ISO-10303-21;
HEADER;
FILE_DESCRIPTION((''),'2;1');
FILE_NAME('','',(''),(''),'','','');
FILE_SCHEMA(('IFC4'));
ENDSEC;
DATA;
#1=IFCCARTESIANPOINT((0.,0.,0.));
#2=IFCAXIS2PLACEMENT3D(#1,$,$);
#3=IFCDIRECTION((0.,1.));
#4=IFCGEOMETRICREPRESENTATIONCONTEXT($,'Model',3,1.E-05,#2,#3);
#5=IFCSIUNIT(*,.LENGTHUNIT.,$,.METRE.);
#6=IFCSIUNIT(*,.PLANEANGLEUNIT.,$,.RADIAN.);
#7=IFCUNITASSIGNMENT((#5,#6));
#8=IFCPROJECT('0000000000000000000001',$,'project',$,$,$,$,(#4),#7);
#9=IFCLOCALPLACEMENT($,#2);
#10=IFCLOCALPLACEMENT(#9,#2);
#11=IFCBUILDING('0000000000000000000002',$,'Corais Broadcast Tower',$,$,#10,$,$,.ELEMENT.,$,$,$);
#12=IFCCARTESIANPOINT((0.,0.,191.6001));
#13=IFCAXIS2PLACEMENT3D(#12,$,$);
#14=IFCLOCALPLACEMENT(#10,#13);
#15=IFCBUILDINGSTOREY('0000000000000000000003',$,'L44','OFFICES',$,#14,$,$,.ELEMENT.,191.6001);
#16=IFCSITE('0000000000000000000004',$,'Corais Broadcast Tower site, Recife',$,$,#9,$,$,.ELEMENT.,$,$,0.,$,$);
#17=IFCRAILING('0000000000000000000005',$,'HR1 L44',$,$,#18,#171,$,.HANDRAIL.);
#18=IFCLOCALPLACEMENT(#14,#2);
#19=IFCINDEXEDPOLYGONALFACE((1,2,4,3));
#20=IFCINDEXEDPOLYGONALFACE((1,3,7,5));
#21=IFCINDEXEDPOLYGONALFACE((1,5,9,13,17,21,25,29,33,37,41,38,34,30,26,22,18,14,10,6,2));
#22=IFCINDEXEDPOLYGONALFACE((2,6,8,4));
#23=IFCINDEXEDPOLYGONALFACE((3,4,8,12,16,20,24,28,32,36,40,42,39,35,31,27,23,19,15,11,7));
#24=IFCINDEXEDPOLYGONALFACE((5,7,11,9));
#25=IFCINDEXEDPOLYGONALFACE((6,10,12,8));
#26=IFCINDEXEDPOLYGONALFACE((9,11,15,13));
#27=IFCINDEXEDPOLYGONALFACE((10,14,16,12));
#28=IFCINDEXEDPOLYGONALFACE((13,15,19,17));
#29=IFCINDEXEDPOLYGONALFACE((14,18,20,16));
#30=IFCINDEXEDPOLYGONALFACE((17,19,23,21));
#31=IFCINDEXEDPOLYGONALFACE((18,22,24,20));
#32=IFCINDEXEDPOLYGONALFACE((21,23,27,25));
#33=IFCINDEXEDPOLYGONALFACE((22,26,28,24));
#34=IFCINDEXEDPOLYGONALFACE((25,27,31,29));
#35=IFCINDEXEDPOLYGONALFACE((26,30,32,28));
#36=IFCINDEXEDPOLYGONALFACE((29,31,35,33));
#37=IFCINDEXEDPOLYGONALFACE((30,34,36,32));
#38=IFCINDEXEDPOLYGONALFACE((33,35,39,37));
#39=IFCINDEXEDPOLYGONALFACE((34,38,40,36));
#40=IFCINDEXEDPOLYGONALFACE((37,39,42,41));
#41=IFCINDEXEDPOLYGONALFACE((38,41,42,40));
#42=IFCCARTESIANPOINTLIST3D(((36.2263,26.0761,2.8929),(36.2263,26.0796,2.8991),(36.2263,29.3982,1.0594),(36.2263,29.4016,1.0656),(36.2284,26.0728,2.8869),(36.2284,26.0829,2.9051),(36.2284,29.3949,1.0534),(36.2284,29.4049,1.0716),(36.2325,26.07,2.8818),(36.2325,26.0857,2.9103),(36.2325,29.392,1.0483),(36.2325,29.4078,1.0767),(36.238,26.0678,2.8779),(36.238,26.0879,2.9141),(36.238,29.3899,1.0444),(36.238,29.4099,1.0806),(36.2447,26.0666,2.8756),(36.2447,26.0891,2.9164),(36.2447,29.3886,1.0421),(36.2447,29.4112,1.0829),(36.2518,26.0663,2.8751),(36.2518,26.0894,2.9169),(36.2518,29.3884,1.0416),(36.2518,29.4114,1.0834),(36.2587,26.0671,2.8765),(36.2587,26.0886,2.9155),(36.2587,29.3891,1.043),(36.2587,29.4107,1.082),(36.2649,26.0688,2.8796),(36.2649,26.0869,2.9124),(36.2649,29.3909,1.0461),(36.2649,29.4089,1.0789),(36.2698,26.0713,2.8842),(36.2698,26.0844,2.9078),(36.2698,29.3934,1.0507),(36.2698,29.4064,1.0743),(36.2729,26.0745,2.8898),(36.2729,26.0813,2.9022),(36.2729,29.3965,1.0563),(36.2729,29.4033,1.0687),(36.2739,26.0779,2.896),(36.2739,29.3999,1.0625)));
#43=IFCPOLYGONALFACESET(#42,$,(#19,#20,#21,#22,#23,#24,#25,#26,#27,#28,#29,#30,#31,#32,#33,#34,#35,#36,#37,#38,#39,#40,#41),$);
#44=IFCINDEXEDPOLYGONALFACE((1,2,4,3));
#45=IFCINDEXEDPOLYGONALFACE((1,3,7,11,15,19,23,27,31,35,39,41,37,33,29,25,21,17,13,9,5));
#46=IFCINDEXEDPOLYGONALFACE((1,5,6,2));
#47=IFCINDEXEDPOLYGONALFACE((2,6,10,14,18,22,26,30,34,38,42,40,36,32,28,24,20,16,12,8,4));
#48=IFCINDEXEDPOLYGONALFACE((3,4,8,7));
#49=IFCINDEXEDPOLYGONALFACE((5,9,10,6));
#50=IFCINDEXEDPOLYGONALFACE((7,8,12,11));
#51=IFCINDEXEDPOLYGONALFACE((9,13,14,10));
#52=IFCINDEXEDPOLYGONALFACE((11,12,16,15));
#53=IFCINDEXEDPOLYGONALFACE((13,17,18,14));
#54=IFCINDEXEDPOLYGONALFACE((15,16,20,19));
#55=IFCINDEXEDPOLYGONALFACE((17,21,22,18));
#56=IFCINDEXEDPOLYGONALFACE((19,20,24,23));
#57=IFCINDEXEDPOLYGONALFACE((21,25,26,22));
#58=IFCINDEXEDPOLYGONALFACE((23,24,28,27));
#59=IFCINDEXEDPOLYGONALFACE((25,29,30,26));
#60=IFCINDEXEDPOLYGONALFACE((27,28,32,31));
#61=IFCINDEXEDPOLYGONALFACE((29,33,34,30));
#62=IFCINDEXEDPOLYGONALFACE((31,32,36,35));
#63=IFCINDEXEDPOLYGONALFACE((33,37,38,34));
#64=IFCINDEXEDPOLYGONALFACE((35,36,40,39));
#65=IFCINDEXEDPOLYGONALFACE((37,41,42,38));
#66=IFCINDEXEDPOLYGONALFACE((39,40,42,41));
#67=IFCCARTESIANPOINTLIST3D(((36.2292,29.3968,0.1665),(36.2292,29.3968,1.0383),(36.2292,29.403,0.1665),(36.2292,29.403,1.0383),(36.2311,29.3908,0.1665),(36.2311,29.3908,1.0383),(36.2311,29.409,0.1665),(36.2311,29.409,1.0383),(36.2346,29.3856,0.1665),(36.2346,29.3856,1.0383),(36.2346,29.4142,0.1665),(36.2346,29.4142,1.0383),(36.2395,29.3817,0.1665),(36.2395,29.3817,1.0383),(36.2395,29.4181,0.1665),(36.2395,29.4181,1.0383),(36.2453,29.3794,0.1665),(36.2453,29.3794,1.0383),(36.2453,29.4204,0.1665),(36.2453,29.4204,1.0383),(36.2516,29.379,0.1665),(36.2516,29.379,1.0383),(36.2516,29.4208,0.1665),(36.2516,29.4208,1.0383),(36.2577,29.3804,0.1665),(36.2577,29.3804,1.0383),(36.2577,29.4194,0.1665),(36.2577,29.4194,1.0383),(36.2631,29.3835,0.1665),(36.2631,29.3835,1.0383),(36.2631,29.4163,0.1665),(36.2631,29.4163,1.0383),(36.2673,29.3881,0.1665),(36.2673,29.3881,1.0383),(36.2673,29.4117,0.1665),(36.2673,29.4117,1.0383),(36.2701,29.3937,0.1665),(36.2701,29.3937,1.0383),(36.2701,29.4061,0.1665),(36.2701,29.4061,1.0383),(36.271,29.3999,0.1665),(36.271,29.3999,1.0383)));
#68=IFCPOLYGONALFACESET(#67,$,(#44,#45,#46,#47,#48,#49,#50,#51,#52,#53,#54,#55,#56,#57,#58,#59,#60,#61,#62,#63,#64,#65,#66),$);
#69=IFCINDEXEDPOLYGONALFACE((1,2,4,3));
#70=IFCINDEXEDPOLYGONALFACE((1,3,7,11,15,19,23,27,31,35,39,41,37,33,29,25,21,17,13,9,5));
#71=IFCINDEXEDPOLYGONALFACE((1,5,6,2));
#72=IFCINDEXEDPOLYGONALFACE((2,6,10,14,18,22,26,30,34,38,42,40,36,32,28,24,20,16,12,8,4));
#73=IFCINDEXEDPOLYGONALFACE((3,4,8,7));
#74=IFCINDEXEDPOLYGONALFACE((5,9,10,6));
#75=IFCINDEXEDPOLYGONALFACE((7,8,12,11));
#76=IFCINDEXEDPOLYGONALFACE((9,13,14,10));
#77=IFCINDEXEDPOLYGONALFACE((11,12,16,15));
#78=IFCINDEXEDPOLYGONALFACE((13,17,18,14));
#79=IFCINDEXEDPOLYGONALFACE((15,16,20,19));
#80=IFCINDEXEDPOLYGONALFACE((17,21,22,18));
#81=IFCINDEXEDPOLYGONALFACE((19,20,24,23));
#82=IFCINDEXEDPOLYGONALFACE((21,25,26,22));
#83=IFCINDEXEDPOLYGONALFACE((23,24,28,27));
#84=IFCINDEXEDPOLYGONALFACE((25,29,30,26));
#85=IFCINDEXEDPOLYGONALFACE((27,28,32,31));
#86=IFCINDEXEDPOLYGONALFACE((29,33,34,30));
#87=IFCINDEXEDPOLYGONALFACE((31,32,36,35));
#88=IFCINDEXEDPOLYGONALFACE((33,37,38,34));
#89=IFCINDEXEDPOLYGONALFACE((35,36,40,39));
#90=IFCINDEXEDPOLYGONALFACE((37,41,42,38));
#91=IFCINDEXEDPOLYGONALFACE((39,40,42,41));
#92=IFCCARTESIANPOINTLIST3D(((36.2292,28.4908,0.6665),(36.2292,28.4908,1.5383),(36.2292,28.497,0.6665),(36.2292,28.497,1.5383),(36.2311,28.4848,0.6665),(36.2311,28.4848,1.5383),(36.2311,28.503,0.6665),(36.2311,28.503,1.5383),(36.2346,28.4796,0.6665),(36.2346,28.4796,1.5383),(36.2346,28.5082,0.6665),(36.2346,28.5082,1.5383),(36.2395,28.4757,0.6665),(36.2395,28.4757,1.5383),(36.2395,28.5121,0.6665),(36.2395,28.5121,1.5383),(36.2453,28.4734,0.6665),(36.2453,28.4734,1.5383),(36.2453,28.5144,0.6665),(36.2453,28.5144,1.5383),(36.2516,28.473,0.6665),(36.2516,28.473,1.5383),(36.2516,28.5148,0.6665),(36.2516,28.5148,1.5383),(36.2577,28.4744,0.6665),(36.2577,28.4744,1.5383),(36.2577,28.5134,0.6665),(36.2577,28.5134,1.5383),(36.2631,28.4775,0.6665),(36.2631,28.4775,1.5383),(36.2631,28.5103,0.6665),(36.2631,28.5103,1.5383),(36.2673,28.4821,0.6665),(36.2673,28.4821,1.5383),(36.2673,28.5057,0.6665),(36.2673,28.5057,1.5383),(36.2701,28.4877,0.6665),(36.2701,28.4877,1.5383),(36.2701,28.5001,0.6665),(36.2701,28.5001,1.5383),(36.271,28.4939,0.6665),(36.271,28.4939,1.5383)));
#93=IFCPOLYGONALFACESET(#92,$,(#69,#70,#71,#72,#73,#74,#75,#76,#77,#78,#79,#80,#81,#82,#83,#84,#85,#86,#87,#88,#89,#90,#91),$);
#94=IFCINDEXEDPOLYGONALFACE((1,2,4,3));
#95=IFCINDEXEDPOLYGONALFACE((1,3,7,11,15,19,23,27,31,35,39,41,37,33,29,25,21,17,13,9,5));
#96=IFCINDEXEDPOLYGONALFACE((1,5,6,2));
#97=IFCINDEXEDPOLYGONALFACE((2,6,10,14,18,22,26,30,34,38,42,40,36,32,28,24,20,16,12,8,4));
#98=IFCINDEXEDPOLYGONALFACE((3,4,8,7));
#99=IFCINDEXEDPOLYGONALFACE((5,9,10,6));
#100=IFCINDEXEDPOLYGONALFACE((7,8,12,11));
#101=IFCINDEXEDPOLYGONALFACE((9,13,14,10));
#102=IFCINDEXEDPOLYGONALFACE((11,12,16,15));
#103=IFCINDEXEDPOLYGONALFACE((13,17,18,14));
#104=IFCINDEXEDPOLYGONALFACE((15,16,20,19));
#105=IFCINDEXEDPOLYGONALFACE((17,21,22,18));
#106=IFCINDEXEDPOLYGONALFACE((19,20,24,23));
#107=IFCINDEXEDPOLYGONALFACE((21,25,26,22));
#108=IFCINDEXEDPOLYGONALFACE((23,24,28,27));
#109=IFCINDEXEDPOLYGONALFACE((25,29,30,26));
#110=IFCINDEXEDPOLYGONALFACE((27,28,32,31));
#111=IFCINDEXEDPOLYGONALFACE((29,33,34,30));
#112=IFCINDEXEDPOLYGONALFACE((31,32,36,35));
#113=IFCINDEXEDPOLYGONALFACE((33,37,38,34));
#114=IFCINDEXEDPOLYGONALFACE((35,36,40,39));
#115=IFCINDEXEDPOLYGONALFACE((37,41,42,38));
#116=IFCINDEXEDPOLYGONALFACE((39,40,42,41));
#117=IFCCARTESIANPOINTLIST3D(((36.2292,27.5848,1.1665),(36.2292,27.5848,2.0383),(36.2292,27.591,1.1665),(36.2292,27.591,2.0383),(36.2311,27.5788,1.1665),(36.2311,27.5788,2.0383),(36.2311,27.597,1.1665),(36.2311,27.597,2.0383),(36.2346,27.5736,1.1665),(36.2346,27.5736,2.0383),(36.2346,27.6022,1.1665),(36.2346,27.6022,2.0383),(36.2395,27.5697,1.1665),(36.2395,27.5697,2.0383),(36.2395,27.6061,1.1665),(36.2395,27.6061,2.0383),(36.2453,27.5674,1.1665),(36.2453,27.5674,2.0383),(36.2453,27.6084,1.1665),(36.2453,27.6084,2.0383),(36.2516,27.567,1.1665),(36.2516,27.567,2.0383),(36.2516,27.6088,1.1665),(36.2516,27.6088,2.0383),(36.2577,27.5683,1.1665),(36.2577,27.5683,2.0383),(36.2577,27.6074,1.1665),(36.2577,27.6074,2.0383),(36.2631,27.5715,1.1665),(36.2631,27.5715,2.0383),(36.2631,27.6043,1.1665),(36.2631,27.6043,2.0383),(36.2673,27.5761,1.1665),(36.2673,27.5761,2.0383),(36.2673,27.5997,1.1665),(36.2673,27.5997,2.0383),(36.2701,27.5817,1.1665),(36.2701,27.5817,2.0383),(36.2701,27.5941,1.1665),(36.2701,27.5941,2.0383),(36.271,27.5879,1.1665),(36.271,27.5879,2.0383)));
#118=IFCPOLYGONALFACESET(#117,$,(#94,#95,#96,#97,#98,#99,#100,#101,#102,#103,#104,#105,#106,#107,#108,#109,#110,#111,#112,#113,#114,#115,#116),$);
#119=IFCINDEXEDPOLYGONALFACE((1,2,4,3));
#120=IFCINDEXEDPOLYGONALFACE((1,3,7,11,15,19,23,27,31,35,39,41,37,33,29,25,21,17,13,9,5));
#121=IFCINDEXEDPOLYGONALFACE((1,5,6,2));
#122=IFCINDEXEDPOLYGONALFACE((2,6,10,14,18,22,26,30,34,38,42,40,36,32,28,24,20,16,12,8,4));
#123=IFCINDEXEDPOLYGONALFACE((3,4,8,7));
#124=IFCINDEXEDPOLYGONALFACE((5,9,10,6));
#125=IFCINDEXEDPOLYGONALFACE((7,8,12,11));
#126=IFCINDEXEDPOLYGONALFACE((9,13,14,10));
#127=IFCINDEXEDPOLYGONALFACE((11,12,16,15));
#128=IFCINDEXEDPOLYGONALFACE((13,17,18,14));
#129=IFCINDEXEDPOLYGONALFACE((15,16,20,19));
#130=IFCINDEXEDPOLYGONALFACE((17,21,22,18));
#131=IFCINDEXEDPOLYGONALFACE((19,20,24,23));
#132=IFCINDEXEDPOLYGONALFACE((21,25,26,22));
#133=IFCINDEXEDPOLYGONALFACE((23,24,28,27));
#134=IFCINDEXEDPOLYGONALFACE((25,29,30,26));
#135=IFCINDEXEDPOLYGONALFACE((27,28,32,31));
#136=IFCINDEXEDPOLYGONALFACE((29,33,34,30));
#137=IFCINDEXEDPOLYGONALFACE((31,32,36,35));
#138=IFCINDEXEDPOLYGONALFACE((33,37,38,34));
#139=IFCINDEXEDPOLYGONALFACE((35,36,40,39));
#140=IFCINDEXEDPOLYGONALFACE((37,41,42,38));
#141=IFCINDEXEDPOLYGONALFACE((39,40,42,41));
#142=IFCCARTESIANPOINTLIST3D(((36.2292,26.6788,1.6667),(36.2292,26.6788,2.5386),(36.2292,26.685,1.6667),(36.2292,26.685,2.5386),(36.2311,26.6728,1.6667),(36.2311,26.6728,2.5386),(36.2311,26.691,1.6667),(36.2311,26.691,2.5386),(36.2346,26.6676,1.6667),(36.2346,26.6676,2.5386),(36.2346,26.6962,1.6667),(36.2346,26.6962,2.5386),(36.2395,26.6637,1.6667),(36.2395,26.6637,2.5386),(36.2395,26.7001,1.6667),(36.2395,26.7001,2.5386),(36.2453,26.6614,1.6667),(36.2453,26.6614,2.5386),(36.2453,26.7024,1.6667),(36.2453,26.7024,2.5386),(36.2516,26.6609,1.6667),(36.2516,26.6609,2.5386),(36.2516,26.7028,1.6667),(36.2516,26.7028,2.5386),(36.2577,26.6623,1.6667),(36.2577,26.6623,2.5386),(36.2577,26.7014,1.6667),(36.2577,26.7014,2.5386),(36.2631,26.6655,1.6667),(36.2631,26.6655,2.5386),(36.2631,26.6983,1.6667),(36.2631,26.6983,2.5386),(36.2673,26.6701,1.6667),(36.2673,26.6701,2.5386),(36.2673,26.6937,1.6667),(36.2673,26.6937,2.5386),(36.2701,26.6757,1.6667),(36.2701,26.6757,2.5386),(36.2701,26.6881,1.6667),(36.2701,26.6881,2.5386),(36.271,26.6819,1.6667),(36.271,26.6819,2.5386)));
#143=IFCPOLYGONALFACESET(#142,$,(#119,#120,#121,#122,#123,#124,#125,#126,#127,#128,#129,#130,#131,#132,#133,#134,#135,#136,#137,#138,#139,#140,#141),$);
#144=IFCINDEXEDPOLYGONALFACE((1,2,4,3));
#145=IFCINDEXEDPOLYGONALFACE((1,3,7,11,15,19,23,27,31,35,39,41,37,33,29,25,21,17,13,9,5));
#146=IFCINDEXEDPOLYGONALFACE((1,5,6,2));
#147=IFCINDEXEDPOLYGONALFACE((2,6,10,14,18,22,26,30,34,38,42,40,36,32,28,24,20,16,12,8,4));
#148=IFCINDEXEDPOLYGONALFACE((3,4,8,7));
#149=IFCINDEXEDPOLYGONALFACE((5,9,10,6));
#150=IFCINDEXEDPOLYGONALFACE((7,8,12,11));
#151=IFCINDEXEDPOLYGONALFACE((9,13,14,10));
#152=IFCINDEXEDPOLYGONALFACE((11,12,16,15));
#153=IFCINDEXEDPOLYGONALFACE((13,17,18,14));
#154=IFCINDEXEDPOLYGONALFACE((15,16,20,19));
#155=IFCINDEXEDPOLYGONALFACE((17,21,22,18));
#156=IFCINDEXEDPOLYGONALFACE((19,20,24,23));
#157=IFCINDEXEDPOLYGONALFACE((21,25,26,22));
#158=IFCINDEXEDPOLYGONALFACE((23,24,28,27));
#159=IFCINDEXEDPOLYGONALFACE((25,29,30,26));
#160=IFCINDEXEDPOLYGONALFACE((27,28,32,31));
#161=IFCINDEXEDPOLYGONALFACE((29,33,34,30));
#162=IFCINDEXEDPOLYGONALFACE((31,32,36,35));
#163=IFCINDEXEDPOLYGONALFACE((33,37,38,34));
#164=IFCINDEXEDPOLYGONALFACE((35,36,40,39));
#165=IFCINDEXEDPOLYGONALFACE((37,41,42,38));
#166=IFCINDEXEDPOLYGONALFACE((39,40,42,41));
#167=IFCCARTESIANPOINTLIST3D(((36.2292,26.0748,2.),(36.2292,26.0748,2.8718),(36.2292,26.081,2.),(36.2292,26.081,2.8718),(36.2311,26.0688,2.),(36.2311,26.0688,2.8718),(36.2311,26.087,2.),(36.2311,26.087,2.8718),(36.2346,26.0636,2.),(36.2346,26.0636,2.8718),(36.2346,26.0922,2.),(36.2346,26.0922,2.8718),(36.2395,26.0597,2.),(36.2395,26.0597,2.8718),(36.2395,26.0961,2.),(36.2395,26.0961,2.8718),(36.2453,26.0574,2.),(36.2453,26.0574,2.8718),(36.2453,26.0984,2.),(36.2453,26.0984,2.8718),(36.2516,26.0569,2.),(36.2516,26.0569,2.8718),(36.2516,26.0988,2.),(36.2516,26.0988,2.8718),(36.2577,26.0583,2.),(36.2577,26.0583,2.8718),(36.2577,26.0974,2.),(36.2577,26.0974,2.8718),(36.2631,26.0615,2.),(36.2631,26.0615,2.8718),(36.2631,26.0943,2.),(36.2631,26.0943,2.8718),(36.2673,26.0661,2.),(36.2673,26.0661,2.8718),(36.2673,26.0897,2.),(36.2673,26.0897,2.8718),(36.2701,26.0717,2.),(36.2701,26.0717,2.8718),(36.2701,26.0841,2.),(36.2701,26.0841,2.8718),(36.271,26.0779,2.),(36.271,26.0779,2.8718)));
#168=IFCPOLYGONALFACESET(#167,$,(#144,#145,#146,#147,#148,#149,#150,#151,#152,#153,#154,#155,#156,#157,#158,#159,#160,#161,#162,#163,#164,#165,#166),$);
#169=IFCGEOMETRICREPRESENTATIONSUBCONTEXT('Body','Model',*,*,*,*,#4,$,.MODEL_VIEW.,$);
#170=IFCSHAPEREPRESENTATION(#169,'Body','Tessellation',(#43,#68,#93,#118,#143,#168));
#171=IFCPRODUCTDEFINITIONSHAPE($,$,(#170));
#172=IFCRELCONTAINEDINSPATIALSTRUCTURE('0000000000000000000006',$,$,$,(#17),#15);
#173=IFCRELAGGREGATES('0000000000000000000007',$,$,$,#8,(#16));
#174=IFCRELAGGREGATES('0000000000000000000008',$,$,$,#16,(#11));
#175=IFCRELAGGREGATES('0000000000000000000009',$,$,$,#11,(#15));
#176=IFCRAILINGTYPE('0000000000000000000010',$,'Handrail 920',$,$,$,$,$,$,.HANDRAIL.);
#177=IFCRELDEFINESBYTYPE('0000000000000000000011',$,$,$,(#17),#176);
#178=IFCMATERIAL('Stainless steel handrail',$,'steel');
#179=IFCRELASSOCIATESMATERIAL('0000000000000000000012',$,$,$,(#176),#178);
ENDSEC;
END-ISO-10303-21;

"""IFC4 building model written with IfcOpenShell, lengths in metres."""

from ifc_helpers import new_model, si_unit, direction, frame, origin, origin_2d, place, context, subcontext, project, spatial, circle, extrude, material, type_object, element, save


model = new_model("IFC4")

# Units and contexts
model_context = context("Model", 3, precision=1e-05, world=origin(), true_north=direction((0.0, 1.0)))
body_context = subcontext(model_context, "Body", "Model", "MODEL_VIEW")
ifc_project = project(units=[si_unit("LENGTHUNIT", "METRE"), si_unit("PLANEANGLEUNIT", "RADIAN")], contexts=[model_context])

# Site, building, storey
site_placement = place(None, origin())
site = spatial("IfcSite", under=ifc_project, at=site_placement, Name="Corais Broadcast Tower site, Recife", CompositionType="ELEMENT", RefElevation=0.0)
building_placement = place(site_placement, origin())
building = spatial("IfcBuilding", under=site, at=building_placement, Name="Corais Broadcast Tower", CompositionType="ELEMENT")
storey_placement = place(building_placement, frame((0.0, 0.0, 191.6001)))
storey = spatial("IfcBuildingStorey", under=building, at=storey_placement, Name="L44", Description="OFFICES", CompositionType="ELEMENT", Elevation=191.6001)

# Railing
ifc_material_1 = material(Name="Stainless steel handrail", Category="steel")
railing_type = type_object("IfcRailingType", Name="Handrail 920", PredefinedType="HANDRAIL", material=ifc_material_1)
for number, where, name in (
    (1, (36.25, 29.3999, 0.1665), "HR1 L44"),
):
    element("IfcRailing", number, at=place(storey_placement, frame(where)), inside=storey, type_object=railing_type, Name=name, PredefinedType="HANDRAIL", context=body_context, shape_type="SweptSolid", body=[
        extrude(circle(Radius=0.0239, at=origin_2d()), frame((0.0, 0.0, 0.896), z_axis=(0.0, -0.875504, 0.48321), x_axis=(1.0, 0.0, 0.0)), (0.0, 0.0, 1.0), 3.7944),
        extrude(circle(Radius=0.021, at=origin_2d()), origin(), (0.0, 0.0, 1.0), 0.8718),
        extrude(circle(Radius=0.021, at=origin_2d()), frame((0.0, -0.906, 0.5)), (0.0, 0.0, 1.0), 0.8718),
        extrude(circle(Radius=0.021, at=origin_2d()), frame((0.0, -1.812, 1.0)), (0.0, 0.0, 1.0), 0.8718),
        extrude(circle(Radius=0.021, at=origin_2d()), frame((0.0, -2.718, 1.5002)), (0.0, 0.0, 1.0), 0.8718),
        extrude(circle(Radius=0.021, at=origin_2d()), frame((0.0, -3.322, 1.8335)), (0.0, 0.0, 1.0), 0.8718),
    ])

save(model, "model.ifc")
